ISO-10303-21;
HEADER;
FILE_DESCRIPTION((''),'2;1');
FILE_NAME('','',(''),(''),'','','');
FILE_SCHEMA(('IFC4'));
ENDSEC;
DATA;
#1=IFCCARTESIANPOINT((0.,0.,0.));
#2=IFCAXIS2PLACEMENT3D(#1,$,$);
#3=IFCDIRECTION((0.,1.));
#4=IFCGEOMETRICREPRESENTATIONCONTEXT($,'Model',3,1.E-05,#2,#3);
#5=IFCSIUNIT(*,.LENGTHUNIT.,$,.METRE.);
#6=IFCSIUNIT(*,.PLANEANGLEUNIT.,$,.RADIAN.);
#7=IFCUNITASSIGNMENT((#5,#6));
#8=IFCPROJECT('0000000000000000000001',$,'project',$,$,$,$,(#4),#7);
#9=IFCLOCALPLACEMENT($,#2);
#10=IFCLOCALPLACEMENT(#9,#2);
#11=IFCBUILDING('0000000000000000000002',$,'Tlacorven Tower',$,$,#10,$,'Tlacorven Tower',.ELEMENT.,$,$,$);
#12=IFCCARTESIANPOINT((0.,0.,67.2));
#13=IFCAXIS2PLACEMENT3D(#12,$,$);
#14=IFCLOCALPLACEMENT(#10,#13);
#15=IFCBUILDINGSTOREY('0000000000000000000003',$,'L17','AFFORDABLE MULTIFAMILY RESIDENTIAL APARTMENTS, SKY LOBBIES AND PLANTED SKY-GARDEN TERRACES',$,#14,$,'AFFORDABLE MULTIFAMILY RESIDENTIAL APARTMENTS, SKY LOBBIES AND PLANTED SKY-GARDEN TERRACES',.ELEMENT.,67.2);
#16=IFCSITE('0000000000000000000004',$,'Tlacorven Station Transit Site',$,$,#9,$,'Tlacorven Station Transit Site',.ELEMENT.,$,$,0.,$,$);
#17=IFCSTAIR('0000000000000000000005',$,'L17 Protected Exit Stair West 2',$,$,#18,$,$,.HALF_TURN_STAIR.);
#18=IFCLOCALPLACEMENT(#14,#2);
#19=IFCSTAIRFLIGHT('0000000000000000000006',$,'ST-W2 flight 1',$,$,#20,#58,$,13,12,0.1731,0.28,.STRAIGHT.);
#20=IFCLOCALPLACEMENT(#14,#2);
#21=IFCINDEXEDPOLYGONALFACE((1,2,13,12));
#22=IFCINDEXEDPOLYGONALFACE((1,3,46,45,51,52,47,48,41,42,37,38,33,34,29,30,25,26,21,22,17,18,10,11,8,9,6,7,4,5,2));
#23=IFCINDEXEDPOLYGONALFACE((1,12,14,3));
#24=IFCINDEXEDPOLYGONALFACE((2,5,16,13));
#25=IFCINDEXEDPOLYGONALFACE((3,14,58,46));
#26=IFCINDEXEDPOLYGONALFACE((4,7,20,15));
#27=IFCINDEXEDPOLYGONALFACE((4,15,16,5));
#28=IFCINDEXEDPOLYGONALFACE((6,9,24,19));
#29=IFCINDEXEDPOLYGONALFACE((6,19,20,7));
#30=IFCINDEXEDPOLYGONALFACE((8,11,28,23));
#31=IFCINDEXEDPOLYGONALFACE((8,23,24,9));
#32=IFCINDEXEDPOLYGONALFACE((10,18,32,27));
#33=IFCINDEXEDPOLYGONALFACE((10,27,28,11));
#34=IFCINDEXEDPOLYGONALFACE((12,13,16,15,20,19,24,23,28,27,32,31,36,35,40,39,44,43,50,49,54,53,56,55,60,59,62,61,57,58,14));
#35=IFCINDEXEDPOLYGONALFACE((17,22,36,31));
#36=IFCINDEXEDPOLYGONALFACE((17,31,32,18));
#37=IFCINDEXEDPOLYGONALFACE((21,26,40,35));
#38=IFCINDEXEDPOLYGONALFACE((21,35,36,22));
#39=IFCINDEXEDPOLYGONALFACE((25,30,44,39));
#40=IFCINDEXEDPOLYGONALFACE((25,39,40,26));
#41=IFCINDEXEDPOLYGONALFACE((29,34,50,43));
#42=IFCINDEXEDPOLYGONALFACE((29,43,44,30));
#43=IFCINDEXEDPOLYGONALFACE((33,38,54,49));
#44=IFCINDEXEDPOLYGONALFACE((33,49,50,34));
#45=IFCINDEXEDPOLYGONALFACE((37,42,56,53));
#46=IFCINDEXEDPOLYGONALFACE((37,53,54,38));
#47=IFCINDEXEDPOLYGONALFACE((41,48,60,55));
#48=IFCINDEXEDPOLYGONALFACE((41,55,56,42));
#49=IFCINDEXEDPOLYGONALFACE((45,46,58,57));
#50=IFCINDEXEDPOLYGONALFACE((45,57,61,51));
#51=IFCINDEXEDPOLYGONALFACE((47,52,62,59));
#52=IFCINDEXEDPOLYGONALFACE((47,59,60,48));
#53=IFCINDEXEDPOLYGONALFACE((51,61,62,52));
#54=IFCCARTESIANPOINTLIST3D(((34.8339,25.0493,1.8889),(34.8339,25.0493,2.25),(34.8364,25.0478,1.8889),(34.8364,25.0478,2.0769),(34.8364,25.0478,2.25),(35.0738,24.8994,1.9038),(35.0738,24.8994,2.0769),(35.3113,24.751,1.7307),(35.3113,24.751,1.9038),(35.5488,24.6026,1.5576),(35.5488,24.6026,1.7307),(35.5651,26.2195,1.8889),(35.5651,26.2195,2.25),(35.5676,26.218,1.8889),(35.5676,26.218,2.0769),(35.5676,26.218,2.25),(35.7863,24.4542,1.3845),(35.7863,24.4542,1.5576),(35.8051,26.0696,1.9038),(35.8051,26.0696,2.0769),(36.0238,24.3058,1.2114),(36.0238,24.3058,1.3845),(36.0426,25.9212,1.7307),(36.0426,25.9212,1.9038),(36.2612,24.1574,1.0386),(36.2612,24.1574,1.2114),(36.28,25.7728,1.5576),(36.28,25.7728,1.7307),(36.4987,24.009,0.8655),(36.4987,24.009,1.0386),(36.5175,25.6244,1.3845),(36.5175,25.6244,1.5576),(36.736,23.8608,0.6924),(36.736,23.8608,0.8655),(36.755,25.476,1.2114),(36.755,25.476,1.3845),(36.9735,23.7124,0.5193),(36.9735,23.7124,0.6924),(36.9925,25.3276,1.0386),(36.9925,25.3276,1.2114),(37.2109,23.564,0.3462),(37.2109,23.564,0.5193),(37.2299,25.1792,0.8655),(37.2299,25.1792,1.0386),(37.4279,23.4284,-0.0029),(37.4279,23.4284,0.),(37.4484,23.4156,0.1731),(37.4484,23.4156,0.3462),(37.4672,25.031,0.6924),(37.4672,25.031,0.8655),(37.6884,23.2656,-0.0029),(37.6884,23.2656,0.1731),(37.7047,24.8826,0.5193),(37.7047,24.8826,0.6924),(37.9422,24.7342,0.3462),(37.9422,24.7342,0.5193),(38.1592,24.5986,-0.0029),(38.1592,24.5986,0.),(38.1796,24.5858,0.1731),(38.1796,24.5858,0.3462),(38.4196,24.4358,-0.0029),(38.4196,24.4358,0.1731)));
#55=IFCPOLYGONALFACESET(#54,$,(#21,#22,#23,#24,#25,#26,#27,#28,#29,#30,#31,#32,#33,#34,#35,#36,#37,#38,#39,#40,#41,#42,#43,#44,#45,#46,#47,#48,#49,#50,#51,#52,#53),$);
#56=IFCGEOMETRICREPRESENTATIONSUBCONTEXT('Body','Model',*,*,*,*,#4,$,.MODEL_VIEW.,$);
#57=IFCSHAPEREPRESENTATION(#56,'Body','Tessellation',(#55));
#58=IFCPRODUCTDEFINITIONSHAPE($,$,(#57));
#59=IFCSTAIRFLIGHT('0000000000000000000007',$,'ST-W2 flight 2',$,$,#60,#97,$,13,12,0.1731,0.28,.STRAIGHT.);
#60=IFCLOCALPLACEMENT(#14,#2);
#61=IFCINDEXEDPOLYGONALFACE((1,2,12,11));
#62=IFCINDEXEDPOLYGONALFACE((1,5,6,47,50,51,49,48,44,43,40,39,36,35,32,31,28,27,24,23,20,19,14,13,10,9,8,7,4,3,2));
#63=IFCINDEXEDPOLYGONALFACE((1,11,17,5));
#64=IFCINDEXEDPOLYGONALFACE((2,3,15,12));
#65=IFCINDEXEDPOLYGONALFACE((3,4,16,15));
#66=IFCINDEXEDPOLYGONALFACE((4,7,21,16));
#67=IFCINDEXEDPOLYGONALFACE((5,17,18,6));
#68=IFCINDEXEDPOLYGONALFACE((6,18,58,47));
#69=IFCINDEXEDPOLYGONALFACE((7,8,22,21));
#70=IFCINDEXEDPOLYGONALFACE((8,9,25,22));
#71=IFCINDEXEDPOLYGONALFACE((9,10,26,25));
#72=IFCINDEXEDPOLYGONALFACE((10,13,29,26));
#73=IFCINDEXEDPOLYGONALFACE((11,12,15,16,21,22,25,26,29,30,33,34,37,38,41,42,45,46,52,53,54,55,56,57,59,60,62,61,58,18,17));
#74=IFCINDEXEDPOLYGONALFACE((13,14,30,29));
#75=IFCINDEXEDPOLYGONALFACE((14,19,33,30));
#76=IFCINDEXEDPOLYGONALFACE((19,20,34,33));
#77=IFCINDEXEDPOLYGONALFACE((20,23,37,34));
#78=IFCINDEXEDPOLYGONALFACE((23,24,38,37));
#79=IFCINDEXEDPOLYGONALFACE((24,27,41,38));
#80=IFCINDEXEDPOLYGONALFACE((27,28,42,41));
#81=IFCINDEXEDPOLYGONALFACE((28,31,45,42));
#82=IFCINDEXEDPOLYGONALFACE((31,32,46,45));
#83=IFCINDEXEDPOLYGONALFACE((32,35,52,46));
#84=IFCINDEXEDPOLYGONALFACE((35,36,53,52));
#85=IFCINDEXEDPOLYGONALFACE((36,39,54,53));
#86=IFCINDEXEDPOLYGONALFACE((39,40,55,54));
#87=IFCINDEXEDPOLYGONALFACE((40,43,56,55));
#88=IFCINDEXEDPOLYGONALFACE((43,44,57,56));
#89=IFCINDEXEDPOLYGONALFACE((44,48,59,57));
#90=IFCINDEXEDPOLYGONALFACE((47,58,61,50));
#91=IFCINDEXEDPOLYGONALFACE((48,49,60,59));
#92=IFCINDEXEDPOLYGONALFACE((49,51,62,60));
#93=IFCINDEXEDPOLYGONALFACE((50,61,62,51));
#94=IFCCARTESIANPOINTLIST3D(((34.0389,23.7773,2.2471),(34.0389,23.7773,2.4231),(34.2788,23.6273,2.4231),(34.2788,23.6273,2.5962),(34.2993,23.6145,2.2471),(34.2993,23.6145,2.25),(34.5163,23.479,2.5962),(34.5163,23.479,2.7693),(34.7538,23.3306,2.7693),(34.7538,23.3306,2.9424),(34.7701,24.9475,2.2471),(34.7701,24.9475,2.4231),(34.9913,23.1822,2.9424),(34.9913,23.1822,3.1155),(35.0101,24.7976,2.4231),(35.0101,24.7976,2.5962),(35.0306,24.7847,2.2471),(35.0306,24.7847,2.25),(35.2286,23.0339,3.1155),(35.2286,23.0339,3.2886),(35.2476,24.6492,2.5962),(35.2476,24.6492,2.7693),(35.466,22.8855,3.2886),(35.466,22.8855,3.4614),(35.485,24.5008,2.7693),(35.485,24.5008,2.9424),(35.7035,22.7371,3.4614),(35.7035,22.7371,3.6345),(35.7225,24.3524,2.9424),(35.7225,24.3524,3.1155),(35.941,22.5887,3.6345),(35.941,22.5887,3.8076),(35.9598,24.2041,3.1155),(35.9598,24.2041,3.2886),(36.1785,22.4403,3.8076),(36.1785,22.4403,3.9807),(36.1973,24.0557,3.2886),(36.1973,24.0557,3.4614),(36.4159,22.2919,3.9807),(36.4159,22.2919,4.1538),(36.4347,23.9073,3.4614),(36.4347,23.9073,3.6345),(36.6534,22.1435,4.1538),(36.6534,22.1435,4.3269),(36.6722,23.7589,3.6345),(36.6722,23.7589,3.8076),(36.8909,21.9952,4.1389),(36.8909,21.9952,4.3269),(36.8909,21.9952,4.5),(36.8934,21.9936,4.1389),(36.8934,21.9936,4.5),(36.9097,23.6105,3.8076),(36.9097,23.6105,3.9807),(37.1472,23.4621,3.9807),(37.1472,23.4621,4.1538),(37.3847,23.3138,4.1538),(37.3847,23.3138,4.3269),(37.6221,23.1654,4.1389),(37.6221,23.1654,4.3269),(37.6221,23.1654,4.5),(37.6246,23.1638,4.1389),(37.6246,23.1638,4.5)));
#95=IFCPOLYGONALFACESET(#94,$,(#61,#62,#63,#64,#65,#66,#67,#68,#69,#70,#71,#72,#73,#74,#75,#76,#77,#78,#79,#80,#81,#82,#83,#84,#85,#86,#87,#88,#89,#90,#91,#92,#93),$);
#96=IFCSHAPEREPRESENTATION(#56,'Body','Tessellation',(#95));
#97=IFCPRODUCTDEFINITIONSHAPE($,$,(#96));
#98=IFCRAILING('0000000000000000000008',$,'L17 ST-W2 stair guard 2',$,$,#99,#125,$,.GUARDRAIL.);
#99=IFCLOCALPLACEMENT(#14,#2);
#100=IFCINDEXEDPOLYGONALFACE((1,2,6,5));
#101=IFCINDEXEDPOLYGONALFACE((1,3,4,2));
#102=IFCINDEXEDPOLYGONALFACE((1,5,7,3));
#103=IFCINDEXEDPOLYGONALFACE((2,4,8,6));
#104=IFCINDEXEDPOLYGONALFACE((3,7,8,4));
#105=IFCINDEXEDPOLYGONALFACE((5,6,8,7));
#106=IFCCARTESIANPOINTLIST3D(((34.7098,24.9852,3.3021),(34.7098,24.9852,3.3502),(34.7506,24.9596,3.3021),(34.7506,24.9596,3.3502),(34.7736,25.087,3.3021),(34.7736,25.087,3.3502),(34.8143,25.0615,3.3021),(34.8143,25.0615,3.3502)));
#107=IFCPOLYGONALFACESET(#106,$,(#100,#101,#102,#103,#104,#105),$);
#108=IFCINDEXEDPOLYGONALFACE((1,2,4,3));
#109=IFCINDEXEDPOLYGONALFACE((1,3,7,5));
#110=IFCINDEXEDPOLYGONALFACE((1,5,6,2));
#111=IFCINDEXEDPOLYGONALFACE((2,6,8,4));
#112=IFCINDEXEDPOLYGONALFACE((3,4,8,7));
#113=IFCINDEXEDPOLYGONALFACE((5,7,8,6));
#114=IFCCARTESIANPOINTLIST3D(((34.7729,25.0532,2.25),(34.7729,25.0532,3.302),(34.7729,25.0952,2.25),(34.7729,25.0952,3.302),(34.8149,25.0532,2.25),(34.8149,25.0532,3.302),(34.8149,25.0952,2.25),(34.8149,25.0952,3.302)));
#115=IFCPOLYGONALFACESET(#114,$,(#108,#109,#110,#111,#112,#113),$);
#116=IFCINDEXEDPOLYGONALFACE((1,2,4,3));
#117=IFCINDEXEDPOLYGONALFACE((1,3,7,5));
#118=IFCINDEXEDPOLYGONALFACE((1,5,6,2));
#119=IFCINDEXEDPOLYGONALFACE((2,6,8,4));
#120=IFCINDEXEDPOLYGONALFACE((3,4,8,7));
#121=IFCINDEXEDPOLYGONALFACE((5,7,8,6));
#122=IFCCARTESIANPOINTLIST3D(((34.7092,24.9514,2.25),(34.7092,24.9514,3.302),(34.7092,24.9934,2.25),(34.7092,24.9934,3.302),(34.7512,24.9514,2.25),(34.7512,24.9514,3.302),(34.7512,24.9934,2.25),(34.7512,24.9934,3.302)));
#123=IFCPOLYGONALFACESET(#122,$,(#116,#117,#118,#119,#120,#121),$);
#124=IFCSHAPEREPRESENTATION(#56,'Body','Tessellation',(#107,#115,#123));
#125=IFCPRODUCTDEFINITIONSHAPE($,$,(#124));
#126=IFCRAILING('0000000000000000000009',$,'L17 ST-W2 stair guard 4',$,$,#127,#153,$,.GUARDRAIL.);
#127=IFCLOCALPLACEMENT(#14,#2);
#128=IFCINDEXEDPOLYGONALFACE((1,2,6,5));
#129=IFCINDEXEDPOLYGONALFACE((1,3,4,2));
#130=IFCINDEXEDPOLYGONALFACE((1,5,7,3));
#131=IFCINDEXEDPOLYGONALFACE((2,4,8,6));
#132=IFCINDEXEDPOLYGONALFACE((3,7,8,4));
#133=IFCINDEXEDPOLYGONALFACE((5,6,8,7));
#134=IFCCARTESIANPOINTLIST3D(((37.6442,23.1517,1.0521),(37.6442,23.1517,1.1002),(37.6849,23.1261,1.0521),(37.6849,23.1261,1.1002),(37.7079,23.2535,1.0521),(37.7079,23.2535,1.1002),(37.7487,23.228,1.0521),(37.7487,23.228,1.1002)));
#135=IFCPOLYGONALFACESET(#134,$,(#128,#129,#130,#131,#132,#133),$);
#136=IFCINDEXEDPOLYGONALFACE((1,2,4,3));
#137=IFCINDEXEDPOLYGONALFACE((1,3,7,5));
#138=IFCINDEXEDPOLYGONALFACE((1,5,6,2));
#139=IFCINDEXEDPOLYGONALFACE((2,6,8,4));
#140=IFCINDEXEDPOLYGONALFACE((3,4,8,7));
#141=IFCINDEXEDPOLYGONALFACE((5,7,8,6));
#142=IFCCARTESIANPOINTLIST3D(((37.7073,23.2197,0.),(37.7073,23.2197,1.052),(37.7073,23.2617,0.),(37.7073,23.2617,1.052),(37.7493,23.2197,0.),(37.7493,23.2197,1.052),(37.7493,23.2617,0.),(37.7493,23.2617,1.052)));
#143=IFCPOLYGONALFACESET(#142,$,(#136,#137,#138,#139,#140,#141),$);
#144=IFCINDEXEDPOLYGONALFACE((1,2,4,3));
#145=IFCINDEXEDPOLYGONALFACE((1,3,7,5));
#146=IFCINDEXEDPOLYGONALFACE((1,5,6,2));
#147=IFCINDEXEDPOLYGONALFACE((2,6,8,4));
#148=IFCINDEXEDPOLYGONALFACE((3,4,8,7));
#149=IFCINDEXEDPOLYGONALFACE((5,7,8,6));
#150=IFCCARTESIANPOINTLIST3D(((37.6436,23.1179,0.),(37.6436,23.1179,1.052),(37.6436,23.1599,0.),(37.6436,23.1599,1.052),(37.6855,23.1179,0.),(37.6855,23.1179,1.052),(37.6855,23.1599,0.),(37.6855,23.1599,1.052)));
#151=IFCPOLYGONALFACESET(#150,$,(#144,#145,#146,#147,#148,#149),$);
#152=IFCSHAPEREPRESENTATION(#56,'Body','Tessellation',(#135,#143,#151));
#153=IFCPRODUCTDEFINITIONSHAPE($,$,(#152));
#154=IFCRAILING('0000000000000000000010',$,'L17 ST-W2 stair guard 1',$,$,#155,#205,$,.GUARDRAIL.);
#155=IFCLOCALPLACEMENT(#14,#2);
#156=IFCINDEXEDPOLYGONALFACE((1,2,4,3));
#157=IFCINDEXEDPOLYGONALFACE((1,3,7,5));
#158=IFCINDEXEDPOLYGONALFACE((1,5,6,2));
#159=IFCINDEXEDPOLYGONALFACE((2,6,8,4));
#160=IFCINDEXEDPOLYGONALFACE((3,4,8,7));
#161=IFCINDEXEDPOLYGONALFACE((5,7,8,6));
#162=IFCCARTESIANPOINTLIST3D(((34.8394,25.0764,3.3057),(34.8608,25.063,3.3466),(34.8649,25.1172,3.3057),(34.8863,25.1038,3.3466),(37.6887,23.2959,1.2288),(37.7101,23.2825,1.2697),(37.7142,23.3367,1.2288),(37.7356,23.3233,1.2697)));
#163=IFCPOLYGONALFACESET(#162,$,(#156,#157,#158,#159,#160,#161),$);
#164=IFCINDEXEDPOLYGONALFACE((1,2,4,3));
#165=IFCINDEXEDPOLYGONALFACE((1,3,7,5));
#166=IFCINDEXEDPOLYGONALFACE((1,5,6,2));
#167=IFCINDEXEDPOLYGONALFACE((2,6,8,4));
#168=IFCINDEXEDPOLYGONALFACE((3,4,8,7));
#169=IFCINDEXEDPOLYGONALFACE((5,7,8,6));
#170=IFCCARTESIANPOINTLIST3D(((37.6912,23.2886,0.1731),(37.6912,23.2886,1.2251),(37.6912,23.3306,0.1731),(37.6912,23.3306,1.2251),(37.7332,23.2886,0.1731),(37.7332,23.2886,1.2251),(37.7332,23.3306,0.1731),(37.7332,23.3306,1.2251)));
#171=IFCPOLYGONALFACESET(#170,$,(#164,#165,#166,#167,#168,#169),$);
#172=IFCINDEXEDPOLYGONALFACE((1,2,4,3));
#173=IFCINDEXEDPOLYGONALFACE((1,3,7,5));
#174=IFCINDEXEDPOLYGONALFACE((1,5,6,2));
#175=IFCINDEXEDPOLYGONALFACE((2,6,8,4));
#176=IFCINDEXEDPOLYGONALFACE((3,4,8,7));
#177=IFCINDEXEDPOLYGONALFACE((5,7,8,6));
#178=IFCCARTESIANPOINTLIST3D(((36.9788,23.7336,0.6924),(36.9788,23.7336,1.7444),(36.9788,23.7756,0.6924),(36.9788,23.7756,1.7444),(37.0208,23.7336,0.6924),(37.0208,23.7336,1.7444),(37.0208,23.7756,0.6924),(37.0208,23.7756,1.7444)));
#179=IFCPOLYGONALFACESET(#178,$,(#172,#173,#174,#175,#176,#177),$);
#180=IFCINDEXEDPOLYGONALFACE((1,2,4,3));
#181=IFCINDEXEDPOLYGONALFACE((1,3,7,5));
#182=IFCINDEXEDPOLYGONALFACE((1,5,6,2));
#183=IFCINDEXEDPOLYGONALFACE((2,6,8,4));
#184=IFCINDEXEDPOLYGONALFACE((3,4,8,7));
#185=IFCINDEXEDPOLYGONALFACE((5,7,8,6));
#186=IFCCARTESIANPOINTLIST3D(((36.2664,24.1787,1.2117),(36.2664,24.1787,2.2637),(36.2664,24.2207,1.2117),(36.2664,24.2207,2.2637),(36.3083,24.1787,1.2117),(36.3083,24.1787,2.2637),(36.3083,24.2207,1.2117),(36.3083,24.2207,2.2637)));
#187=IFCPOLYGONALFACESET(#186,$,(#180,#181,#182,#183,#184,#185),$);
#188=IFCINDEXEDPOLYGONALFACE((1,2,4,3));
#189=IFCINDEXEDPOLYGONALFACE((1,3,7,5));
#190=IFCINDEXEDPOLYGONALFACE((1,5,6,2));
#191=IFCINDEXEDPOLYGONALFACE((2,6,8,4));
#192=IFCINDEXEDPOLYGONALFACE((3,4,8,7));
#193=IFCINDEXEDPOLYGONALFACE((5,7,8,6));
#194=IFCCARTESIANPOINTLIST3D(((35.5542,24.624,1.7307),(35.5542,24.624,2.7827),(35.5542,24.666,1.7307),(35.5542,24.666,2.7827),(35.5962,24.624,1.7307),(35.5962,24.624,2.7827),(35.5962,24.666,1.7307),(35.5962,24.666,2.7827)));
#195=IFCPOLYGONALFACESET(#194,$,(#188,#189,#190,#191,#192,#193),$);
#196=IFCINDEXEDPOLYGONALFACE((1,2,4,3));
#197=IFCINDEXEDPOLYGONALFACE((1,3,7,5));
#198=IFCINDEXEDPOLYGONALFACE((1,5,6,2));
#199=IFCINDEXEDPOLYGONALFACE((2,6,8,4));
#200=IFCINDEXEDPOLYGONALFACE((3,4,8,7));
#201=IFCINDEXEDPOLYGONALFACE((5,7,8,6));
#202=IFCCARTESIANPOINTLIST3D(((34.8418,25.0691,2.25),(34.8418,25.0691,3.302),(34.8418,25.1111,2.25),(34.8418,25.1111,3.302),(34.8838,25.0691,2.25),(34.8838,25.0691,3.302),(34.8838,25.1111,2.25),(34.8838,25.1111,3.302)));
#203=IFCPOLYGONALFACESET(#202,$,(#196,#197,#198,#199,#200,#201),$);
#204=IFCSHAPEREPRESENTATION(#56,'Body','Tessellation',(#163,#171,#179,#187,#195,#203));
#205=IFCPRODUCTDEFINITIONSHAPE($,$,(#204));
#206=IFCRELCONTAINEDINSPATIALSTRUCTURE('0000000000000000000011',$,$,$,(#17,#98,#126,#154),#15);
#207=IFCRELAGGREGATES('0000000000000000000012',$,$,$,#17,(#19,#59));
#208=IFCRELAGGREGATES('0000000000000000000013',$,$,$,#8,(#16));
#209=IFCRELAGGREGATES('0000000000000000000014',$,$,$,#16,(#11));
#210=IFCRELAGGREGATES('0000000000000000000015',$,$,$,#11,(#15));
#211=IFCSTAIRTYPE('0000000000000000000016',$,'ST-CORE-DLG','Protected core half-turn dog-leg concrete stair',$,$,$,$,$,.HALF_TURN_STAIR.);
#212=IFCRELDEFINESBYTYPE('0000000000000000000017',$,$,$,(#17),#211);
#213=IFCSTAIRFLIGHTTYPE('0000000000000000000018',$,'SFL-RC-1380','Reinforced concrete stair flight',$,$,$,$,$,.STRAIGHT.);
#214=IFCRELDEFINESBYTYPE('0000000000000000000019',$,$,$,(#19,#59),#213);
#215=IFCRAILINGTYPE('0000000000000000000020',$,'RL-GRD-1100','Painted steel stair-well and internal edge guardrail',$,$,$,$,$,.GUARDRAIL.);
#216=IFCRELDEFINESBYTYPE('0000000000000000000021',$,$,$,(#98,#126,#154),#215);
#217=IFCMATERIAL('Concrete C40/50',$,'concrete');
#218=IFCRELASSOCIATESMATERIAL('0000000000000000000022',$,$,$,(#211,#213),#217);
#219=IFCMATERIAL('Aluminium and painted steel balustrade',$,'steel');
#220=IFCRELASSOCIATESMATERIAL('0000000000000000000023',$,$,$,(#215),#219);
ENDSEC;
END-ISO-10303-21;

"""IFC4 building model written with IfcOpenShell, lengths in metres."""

from ifc_helpers import new_model, si_unit, direction, frame, origin, origin_2d, place, context, subcontext, project, spatial, polyline, rectangle, outline, extrude, source, transform, mapped, material, type_object, element, aggregate, save


model = new_model("IFC4")

# Units and contexts
model_context = context("Model", 3, precision=1e-05, world=origin(), true_north=direction((0.0, 1.0)))
body_context = subcontext(model_context, "Body", "Model", "MODEL_VIEW")
ifc_project = project(units=[si_unit("LENGTHUNIT", "METRE"), si_unit("PLANEANGLEUNIT", "RADIAN")], contexts=[model_context])

# Site, building, storey
site_placement = place(None, origin())
site = spatial("IfcSite", under=ifc_project, at=site_placement, Name="Tlacorven Station Transit Site", LongName="Tlacorven Station Transit Site", CompositionType="ELEMENT", RefElevation=0.0)
building_placement = place(site_placement, origin())
building = spatial("IfcBuilding", under=site, at=building_placement, Name="Tlacorven Tower", LongName="Tlacorven Tower", CompositionType="ELEMENT")
storey_placement = place(building_placement, frame((0.0, 0.0, 67.2)))
storey = spatial("IfcBuildingStorey", under=building, at=storey_placement, Name="L17", Description="AFFORDABLE MULTIFAMILY RESIDENTIAL APARTMENTS, SKY LOBBIES AND PLANTED SKY-GARDEN TERRACES", LongName="AFFORDABLE MULTIFAMILY RESIDENTIAL APARTMENTS, SKY LOBBIES AND PLANTED SKY-GARDEN TERRACES", CompositionType="ELEMENT", Elevation=67.2)

# Stair, stair flights
ifc_material_1 = material(Name="Concrete C40/50", Category="concrete")
stair_type = type_object("IfcStairType", Name="ST-CORE-DLG", Description="Protected core half-turn dog-leg concrete stair", PredefinedType="HALF_TURN_STAIR", material=ifc_material_1)
stair_placement = place(storey_placement, origin())
stair = element("IfcStair", 1, at=stair_placement, inside=storey, type_object=stair_type, Name="L17 Protected Exit Stair West 2", PredefinedType="HALF_TURN_STAIR")
stair_flight_type = type_object("IfcStairFlightType", Name="SFL-RC-1380", Description="Reinforced concrete stair flight", PredefinedType="STRAIGHT", material=ifc_material_1)
shared_shape_1 = source(origin(), body_context, "Body", "SweptSolid", [
    extrude(outline(polyline([(-0.0029, -0.0029), (-0.0029, 0.1731), (0.28, 0.1731), (0.28, 0.3462), (0.5601, 0.3462), (0.5601, 0.5193), (0.8401, 0.5193), (0.8401, 0.6924), (1.1201, 0.6924), (1.1201, 0.8655), (1.3999, 0.8655), (1.3999, 1.0386), (1.6799, 1.0386), (1.6799, 1.2114), (1.96, 1.2114), (1.96, 1.3845), (2.24, 1.3845), (2.24, 1.5576), (2.52, 1.5576), (2.52, 1.7307), (2.8, 1.7307), (2.8, 1.9038), (3.0801, 1.9038), (3.0801, 2.0769), (3.3601, 2.0769), (3.3601, 2.25), (3.363, 2.25), (3.363, 1.8889), (3.3601, 1.8889), (0.3042, 0.0), (0.3042, -0.0029), (-0.0029, -0.0029)])), frame((0.0, 0.6899, 0.0), z_axis=(0.0, -1.0, 0.0), x_axis=(1.0, 0.0, 0.0)), (0.0, 0.0, 1.0), 1.3799),
])
stair_flight_1_placement = place(storey_placement, frame((38.0515, 23.8523, 0.0), z_axis=(0.0, 0.0, 1.0), x_axis=(-0.848048, 0.529919, 0.0)))
stair_flight_1 = element("IfcStairFlight", 2, at=stair_flight_1_placement, type_object=stair_flight_type, Name="ST-W2 flight 1", NumberOfRisers=13, NumberOfTreads=12, PredefinedType="STRAIGHT", RiserHeight=0.1731, TreadLength=0.28, context=body_context, shape_type="MappedRepresentation", body=[
    mapped(shared_shape_1, transform((0.0, 0.0, 0.0), scale=1.0)),
])
stair_flight_2_placement = place(storey_placement, frame((34.407, 24.3608, 2.25), z_axis=(0.0, 0.0, 1.0), x_axis=(0.848048, -0.529919, 0.0)))
stair_flight_2 = element("IfcStairFlight", 3, at=stair_flight_2_placement, type_object=stair_flight_type, Name="ST-W2 flight 2", NumberOfRisers=13, NumberOfTreads=12, PredefinedType="STRAIGHT", RiserHeight=0.1731, TreadLength=0.28, context=body_context, shape_type="MappedRepresentation", body=[
    mapped(shared_shape_1, transform((0.0, 0.0, 0.0), scale=1.0)),
])
aggregate(stair, [stair_flight_1, stair_flight_2])

# Railings
ifc_material_2 = material(Name="Aluminium and painted steel balustrade", Category="steel")
railing_type_1 = type_object("IfcRailingType", Name="RL-GRD-1100", Description="Painted steel stair-well and internal edge guardrail", PredefinedType="GUARDRAIL", material=ifc_material_2)
shared_shape_2 = source(origin(), body_context, "Body", "SweptSolid", [
    extrude(rectangle(XDim=0.0481, YDim=0.0481, at=origin_2d()), frame((0.0, 0.0, 1.0762), z_axis=(-0.530547, -0.847656, 0.0), x_axis=(0.847656, -0.530547, 0.0)), (0.0, 0.0, 1.0), 0.1201),
    extrude(rectangle(XDim=0.042, YDim=0.042, at=origin_2d()), origin(), (0.0, 0.0, 1.0), 1.052),
    extrude(rectangle(XDim=0.042, YDim=0.042, at=origin_2d()), frame((-0.0637, -0.1018, 0.0)), (0.0, 0.0, 1.0), 1.052),
])
for number, where, name in (
    (4, (34.7939, 25.0742, 2.25), "L17 ST-W2 stair guard 2"),
    (5, (37.7283, 23.2407, 0.0), "L17 ST-W2 stair guard 4"),
):
    element("IfcRailing", number, at=place(storey_placement, frame(where)), inside=storey, type_object=railing_type_1, Name=name, PredefinedType="GUARDRAIL", context=body_context, shape_type="MappedRepresentation", body=[
        mapped(shared_shape_2, transform((0.0, 0.0, 0.0), scale=1.0)),
    ])
shared_shape_3 = source(origin(), body_context, "Body", "SweptSolid", [
    extrude(rectangle(XDim=0.0481, YDim=0.0481, at=origin_2d()), frame((0.0, 0.0, 1.0762), z_axis=(-0.721355, 0.450762, 0.525796), x_axis=(-0.529927, -0.848043, 0.0)), (0.0, 0.0, 1.0), 3.95),
    extrude(rectangle(XDim=0.042, YDim=0.042, at=origin_2d()), origin(), (0.0, 0.0, 1.0), 1.052),
    extrude(rectangle(XDim=0.042, YDim=0.042, at=origin_2d()), frame((-0.7124, 0.4451, 0.5193)), (0.0, 0.0, 1.0), 1.052),
    extrude(rectangle(XDim=0.042, YDim=0.042, at=origin_2d()), frame((-1.4248, 0.8901, 1.0386)), (0.0, 0.0, 1.0), 1.052),
    extrude(rectangle(XDim=0.042, YDim=0.042, at=origin_2d()), frame((-2.137, 1.3354, 1.5576)), (0.0, 0.0, 1.0), 1.052),
    extrude(rectangle(XDim=0.042, YDim=0.042, at=origin_2d()), frame((-2.8494, 1.7805, 2.0769)), (0.0, 0.0, 1.0), 1.052),
])
railing_1_placement = place(storey_placement, frame((37.7122, 23.3096, 0.1731)))
element("IfcRailing", 6, at=railing_1_placement, inside=storey, type_object=railing_type_1, Name="L17 ST-W2 stair guard 1", PredefinedType="GUARDRAIL", context=body_context, shape_type="MappedRepresentation", body=[
    mapped(shared_shape_3, transform((0.0, 0.0, 0.0), scale=1.0)),
])

save(model, "model.ifc")
